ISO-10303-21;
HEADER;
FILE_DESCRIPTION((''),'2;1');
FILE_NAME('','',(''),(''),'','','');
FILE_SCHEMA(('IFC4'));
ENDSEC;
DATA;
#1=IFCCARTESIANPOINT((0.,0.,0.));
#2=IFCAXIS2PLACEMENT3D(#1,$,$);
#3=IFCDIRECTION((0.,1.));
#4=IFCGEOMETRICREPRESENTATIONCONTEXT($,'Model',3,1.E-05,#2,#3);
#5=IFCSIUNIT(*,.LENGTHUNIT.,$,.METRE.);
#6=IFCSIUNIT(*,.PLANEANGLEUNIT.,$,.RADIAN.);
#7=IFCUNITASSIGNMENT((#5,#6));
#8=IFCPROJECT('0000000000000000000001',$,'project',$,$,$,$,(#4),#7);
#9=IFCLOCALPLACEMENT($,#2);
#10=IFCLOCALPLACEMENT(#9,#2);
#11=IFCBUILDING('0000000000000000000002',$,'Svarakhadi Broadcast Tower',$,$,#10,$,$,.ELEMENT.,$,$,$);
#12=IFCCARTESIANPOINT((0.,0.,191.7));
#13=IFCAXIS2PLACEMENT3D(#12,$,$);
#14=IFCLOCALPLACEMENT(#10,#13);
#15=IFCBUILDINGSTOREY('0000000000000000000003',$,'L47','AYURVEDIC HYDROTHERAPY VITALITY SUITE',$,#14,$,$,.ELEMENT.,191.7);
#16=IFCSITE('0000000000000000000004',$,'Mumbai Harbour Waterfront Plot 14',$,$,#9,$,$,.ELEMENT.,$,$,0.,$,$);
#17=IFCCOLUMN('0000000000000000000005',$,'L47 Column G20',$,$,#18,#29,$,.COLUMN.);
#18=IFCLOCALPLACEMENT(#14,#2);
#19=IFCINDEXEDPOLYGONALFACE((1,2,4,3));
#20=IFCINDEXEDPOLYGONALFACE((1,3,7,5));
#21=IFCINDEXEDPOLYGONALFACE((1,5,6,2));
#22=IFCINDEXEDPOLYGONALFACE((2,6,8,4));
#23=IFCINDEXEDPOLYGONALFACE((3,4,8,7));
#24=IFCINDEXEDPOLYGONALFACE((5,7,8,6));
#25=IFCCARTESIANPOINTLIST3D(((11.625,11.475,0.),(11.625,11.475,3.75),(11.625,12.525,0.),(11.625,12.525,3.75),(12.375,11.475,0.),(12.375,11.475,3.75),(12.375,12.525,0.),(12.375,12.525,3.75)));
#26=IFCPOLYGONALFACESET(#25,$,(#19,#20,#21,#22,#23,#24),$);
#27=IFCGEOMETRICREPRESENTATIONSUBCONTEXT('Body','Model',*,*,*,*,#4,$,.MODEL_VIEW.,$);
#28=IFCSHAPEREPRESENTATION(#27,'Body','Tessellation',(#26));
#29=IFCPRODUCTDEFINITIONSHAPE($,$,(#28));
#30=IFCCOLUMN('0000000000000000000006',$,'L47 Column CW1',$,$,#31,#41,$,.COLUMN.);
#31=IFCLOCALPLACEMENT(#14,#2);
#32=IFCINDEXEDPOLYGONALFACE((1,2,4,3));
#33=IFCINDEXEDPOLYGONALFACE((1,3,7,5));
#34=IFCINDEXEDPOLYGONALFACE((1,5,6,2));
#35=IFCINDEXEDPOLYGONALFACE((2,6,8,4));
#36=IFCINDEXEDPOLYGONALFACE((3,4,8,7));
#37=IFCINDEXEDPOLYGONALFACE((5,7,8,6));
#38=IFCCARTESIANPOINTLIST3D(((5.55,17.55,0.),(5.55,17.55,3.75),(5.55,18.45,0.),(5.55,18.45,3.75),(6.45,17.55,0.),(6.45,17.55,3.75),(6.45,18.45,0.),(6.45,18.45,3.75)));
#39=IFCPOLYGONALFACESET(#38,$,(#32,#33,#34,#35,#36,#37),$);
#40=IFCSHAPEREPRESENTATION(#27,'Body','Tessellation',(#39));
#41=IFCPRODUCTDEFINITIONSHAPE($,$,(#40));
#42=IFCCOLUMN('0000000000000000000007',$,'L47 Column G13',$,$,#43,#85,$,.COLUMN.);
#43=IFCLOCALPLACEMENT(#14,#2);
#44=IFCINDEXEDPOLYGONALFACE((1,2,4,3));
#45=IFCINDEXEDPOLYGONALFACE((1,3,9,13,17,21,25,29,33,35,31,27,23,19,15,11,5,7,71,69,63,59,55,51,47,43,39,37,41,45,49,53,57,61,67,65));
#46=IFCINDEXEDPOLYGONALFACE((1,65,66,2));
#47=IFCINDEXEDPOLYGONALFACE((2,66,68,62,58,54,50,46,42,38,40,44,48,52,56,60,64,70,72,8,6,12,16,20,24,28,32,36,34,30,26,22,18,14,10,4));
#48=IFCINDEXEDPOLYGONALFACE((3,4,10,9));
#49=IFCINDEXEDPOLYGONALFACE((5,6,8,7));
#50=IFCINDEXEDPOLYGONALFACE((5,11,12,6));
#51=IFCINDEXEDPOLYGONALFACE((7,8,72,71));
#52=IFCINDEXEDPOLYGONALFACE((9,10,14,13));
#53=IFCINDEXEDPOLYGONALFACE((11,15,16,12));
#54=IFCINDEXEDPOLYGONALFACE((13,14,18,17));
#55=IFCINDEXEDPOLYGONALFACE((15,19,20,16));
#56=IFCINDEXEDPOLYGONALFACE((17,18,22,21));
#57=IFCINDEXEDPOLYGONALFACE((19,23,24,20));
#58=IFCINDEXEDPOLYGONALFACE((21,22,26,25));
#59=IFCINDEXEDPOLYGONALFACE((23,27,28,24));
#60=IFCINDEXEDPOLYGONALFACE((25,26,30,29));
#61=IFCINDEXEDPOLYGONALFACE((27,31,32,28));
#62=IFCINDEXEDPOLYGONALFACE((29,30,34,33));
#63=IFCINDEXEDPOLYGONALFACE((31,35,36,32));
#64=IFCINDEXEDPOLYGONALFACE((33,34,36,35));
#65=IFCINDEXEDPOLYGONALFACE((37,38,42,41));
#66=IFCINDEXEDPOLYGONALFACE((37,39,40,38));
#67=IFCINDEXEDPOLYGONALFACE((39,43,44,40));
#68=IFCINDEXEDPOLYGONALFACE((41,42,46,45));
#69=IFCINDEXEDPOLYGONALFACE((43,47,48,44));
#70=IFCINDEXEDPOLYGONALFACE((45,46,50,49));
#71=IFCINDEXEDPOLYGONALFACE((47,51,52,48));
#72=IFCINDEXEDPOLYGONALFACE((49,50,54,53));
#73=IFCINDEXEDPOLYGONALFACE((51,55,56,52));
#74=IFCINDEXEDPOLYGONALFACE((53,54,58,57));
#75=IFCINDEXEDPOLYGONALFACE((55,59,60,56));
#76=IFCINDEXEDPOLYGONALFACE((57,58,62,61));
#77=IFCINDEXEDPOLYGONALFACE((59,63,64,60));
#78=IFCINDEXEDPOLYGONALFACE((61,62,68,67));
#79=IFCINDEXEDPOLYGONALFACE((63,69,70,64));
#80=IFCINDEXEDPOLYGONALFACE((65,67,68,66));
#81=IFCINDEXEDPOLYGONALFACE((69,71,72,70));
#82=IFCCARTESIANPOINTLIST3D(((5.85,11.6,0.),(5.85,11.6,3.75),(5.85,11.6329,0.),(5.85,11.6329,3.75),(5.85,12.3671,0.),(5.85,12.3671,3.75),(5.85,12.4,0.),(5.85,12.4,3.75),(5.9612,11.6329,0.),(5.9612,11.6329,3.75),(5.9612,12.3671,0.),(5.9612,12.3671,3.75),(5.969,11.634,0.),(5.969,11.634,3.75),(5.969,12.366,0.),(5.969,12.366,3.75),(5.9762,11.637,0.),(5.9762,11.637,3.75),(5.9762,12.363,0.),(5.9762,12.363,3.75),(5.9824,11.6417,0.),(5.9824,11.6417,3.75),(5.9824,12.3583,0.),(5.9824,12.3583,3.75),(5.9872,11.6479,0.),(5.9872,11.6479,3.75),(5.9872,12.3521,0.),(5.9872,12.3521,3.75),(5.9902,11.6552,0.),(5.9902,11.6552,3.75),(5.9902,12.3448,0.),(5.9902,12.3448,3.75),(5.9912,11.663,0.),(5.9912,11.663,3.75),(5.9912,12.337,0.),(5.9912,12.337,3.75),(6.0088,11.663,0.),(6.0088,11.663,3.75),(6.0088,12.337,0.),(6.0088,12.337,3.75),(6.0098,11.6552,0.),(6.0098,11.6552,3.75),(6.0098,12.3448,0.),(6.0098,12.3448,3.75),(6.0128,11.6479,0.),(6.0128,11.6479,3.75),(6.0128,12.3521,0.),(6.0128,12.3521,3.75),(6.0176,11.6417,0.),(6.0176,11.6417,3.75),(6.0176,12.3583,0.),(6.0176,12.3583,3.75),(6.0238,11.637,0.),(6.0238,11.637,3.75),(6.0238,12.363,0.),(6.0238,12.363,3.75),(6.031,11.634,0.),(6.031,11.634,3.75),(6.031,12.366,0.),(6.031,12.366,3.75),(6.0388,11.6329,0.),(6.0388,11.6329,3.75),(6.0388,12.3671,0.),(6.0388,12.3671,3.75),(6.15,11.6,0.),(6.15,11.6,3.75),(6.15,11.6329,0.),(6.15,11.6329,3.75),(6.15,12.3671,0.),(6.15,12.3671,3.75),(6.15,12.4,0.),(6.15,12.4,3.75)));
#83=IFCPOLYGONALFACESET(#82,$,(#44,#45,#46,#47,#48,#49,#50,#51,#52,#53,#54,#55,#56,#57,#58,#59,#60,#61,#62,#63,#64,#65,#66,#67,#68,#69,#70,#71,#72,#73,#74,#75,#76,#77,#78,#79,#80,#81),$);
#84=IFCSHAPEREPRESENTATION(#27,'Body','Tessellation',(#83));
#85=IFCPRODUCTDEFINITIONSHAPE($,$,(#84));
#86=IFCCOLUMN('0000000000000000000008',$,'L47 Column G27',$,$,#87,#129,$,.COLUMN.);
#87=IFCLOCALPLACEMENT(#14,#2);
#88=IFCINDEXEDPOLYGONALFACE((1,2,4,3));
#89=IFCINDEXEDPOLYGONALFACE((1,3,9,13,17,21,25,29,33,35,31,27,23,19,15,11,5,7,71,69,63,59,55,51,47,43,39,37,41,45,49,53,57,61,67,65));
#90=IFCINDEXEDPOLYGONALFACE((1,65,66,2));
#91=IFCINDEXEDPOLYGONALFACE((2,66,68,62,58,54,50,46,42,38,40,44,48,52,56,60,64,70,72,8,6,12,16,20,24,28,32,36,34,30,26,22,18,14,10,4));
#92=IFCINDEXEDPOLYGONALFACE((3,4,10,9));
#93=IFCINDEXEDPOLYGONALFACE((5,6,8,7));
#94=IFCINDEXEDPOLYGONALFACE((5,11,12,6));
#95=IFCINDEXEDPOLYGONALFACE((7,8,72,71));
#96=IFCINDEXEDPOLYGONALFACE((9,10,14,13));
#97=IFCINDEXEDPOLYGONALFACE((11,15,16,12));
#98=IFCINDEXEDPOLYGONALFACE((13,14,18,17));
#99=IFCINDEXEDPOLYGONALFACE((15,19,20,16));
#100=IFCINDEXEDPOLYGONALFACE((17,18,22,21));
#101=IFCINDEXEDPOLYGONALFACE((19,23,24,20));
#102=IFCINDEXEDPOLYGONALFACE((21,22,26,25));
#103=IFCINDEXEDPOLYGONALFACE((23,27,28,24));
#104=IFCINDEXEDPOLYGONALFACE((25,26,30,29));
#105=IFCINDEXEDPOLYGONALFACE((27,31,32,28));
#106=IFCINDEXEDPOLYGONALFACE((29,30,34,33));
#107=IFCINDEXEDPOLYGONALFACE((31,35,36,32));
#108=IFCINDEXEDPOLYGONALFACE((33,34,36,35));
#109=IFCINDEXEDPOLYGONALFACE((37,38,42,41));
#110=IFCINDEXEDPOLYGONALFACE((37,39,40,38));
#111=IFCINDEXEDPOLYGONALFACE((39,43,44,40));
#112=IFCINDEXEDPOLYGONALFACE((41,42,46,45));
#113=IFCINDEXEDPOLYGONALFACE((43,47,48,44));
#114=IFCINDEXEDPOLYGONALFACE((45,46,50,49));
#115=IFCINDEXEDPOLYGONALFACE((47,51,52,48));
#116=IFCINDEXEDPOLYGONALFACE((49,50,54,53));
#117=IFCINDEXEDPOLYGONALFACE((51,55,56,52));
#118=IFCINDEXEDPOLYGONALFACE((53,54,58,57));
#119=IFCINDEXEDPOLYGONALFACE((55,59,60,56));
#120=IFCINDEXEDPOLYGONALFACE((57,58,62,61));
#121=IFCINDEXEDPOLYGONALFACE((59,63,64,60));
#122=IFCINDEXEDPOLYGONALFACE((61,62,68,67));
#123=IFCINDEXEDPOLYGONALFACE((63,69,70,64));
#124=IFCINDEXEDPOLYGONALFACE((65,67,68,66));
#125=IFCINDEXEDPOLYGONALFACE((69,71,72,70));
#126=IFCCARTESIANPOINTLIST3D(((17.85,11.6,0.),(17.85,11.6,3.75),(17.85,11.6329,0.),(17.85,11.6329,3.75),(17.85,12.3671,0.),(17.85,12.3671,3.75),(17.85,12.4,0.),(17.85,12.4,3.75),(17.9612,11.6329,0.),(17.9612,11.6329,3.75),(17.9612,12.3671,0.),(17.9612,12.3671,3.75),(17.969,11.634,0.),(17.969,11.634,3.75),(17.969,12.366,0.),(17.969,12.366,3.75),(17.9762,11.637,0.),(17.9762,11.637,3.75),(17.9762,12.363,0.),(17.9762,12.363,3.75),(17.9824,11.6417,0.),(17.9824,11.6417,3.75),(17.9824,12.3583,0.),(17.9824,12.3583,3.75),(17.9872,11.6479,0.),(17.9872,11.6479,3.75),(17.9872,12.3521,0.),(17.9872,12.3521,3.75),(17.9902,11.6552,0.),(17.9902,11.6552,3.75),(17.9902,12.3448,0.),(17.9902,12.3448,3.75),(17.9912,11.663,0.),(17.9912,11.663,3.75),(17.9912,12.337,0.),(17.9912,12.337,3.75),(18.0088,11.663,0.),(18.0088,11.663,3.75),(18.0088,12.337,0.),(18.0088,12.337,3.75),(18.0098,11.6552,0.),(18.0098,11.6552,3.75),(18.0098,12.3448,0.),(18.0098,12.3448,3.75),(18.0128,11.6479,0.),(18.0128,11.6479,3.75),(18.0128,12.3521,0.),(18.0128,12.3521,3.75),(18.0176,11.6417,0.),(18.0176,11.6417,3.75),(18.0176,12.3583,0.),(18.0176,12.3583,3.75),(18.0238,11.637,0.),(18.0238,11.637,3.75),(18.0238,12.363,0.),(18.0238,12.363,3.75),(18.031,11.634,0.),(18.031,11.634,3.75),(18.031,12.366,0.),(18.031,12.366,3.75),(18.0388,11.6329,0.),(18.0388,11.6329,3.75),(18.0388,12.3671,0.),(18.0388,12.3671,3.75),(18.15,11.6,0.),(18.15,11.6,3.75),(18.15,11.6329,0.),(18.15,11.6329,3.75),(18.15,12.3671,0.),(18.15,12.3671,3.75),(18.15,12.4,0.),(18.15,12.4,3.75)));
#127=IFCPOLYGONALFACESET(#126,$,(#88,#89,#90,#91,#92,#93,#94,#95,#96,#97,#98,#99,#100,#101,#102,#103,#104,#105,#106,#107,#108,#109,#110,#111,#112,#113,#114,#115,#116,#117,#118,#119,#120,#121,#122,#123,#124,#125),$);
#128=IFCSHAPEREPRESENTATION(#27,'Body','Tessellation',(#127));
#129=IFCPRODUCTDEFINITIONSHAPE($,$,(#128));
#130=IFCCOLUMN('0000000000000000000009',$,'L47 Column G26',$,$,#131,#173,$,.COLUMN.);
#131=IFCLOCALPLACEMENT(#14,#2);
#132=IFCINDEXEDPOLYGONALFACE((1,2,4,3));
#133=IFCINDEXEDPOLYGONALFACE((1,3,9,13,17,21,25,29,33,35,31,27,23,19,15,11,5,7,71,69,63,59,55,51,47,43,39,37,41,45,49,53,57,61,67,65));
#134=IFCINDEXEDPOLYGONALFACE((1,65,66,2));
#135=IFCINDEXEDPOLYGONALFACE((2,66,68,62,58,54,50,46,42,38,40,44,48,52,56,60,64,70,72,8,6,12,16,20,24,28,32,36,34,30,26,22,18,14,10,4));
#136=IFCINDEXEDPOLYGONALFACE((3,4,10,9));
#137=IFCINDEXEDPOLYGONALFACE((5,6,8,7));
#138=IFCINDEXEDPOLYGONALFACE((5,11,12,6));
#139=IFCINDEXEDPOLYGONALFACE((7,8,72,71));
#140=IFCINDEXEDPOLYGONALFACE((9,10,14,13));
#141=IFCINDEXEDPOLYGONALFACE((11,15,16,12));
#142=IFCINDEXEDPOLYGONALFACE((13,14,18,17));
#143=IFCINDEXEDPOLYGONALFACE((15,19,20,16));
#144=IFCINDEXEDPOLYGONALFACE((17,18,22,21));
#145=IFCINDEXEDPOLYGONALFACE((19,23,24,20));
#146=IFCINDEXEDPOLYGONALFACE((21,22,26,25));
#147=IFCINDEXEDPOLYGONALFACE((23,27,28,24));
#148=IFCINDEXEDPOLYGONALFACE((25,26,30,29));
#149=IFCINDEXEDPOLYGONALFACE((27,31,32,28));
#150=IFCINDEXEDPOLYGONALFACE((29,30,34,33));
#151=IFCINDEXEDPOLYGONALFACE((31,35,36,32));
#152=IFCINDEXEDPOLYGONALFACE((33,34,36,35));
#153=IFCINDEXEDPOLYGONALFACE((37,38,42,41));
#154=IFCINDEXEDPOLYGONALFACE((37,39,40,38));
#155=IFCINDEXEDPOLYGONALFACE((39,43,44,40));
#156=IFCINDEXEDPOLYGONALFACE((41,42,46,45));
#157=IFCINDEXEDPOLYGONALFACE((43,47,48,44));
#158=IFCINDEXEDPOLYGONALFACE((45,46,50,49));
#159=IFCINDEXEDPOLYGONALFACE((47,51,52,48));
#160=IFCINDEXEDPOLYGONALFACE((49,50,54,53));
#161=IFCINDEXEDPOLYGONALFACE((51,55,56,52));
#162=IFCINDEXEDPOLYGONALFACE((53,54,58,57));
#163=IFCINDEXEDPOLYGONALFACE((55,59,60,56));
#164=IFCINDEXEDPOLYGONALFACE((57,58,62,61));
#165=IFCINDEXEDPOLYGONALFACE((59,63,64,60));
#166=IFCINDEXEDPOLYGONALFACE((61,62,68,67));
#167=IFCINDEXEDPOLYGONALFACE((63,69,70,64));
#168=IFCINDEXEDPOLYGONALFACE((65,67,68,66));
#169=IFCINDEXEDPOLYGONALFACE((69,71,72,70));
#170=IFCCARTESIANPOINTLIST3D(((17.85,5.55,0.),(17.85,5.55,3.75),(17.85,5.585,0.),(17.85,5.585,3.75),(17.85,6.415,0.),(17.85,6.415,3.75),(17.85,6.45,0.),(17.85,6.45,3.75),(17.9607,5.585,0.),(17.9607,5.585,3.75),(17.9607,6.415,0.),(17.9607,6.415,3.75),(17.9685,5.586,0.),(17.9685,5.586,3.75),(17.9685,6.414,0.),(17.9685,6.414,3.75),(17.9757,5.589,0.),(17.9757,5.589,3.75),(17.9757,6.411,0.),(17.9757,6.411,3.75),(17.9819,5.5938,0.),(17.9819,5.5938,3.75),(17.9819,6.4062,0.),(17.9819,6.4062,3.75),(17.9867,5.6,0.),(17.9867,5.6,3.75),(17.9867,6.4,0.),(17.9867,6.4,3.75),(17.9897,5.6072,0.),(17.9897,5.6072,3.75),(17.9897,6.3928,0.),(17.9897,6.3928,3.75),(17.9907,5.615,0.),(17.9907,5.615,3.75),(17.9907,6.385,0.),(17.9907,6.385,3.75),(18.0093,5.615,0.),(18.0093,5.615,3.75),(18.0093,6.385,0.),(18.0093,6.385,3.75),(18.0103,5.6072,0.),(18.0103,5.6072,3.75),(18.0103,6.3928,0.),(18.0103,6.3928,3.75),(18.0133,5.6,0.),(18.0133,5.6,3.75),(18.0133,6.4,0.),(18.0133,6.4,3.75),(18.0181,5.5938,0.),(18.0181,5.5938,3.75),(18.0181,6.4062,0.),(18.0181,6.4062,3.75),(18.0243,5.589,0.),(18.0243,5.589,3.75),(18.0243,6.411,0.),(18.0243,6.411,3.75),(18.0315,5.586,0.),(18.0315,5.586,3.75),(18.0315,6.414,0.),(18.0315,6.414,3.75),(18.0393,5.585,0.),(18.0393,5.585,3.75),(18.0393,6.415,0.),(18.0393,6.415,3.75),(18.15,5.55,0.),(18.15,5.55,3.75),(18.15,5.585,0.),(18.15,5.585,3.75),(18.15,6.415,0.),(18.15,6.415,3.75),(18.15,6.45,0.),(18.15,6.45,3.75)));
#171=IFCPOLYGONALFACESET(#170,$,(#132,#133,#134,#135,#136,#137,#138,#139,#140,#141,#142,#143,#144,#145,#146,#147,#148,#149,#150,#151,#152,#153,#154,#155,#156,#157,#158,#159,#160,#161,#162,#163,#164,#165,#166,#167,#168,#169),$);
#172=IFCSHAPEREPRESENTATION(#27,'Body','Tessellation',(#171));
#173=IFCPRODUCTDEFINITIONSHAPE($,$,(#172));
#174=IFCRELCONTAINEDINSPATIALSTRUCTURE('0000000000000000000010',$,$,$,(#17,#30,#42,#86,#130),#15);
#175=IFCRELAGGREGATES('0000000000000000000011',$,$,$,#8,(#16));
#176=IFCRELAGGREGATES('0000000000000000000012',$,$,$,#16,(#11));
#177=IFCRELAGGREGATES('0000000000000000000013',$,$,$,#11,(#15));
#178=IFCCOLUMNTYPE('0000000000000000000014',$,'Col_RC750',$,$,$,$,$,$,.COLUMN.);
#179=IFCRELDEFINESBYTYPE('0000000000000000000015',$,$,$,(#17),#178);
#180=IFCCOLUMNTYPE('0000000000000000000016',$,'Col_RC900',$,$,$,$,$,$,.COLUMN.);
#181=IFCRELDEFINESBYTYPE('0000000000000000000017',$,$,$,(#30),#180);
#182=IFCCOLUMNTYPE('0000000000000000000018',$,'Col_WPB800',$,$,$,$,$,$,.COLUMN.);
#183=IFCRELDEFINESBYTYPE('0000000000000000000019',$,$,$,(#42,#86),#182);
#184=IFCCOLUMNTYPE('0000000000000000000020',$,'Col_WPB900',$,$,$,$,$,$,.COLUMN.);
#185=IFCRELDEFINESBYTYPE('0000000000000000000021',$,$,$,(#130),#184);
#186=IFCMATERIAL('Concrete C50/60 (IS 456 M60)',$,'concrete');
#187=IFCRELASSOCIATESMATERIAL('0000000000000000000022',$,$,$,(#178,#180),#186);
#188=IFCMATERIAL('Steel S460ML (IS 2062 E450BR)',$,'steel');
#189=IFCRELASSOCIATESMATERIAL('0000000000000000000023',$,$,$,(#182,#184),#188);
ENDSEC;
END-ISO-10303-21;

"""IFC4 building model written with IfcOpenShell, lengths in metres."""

from ifc_helpers import new_model, si_unit, direction, frame, origin, origin_2d, place, context, subcontext, project, spatial, rectangle, i_section, extrude, material, material_profile, profile_set, type_object, element, save


model = new_model("IFC4")

# Units and contexts
model_context = context("Model", 3, precision=1e-05, world=origin(), true_north=direction((0.0, 1.0)))
body_context = subcontext(model_context, "Body", "Model", "MODEL_VIEW")
ifc_project = project(units=[si_unit("LENGTHUNIT", "METRE"), si_unit("PLANEANGLEUNIT", "RADIAN")], contexts=[model_context])

# Site, building, storey
site_placement = place(None, origin())
site = spatial("IfcSite", under=ifc_project, at=site_placement, Name="Mumbai Harbour Waterfront Plot 14", CompositionType="ELEMENT", RefElevation=0.0)
building_placement = place(site_placement, origin())
building = spatial("IfcBuilding", under=site, at=building_placement, Name="Svarakhadi Broadcast Tower", CompositionType="ELEMENT")
storey_placement = place(building_placement, frame((0.0, 0.0, 191.7)))
storey = spatial("IfcBuildingStorey", under=building, at=storey_placement, Name="L47", Description="AYURVEDIC HYDROTHERAPY VITALITY SUITE", CompositionType="ELEMENT", Elevation=191.7)

# Columns
ifc_material_1 = material(Name="Concrete C50/60 (IS 456 M60)", Category="concrete")
ifc_material_profile_1 = material_profile(ifc_material_1, rectangle(XDim=0.75, YDim=1.05, at=origin_2d()), Name="RC 750x1050")
ifc_profile_set_1 = profile_set([ifc_material_profile_1], Name="Concrete C50/60 (IS 456 M60)")
column_type_1 = type_object("IfcColumnType", Name="Col_RC750", PredefinedType="COLUMN", material=ifc_profile_set_1)
column_1_placement = place(storey_placement, frame((12.0, 12.0, 0.0), z_axis=(0.0, 0.0, 1.0), x_axis=(1.0, 0.0, 0.0)))
element("IfcColumn", 1, at=column_1_placement, inside=storey, type_object=column_type_1, Name="L47 Column G20", PredefinedType="COLUMN", context=body_context, shape_type="SweptSolid", body=[
    extrude(rectangle(XDim=0.75, YDim=1.05, at=origin_2d()), origin(), (0.0, 0.0, 1.0), 3.75),
])
ifc_material_profile_2 = material_profile(ifc_material_1, rectangle(XDim=0.8999, YDim=0.8999, at=origin_2d()), Name="RC 900x900")
ifc_profile_set_2 = profile_set([ifc_material_profile_2], Name="Concrete C50/60 (IS 456 M60)")
column_type_2 = type_object("IfcColumnType", Name="Col_RC900", PredefinedType="COLUMN", material=ifc_profile_set_2)
column_2_placement = place(storey_placement, frame((6.0, 18.0, 0.0), z_axis=(0.0, 0.0, 1.0), x_axis=(1.0, 0.0, 0.0)))
element("IfcColumn", 2, at=column_2_placement, inside=storey, type_object=column_type_2, Name="L47 Column CW1", PredefinedType="COLUMN", context=body_context, shape_type="SweptSolid", body=[
    extrude(rectangle(XDim=0.8999, YDim=0.8999, at=origin_2d()), origin(), (0.0, 0.0, 1.0), 3.75),
])
ifc_material_2 = material(Name="Steel S460ML (IS 2062 E450BR)", Category="steel")
ifc_material_profile_3 = material_profile(ifc_material_2, i_section(OverallWidth=0.3, OverallDepth=0.8, WebThickness=0.0176, FlangeThickness=0.033, FilletRadius=0.03, at=origin_2d()), Name="WPB 800x300x262")
ifc_profile_set_3 = profile_set([ifc_material_profile_3], Name="Steel S460ML (IS 2062 E450BR)")
column_type_3 = type_object("IfcColumnType", Name="Col_WPB800", PredefinedType="COLUMN", material=ifc_profile_set_3)
for number, where, z_axis, x_axis, name in (
    (3, (6.0, 12.0, 0.0), (0.0, 0.0, 1.0), (1.0, 0.0, 0.0), "L47 Column G13"),
    (4, (18.0, 12.0, 0.0), (0.0, 0.0, 1.0), (1.0, 0.0, 0.0), "L47 Column G27"),
):
    element("IfcColumn", number, at=place(storey_placement, frame(where, z_axis=z_axis, x_axis=x_axis)), inside=storey, type_object=column_type_3, Name=name, PredefinedType="COLUMN", context=body_context, shape_type="SweptSolid", body=[
        extrude(i_section(OverallWidth=0.3, OverallDepth=0.8, WebThickness=0.0176, FlangeThickness=0.033, FilletRadius=0.03, at=origin_2d()), origin(), (0.0, 0.0, 1.0), 3.75),
    ])
ifc_material_profile_4 = material_profile(ifc_material_2, i_section(OverallWidth=0.3, OverallDepth=0.8999, WebThickness=0.0186, FlangeThickness=0.0349, FilletRadius=0.03, at=origin_2d()), Name="WPB 900x300x291")
ifc_profile_set_4 = profile_set([ifc_material_profile_4], Name="Steel S460ML (IS 2062 E450BR)")
column_type_4 = type_object("IfcColumnType", Name="Col_WPB900", PredefinedType="COLUMN", material=ifc_profile_set_4)
column_3_placement = place(storey_placement, frame((18.0, 6.0, 0.0), z_axis=(0.0, 0.0, 1.0), x_axis=(1.0, 0.0, 0.0)))
element("IfcColumn", 5, at=column_3_placement, inside=storey, type_object=column_type_4, Name="L47 Column G26", PredefinedType="COLUMN", context=body_context, shape_type="SweptSolid", body=[
    extrude(i_section(OverallWidth=0.3, OverallDepth=0.8999, WebThickness=0.0186, FlangeThickness=0.0349, FilletRadius=0.03, at=origin_2d()), origin(), (0.0, 0.0, 1.0), 3.75),
])

save(model, "model.ifc")
